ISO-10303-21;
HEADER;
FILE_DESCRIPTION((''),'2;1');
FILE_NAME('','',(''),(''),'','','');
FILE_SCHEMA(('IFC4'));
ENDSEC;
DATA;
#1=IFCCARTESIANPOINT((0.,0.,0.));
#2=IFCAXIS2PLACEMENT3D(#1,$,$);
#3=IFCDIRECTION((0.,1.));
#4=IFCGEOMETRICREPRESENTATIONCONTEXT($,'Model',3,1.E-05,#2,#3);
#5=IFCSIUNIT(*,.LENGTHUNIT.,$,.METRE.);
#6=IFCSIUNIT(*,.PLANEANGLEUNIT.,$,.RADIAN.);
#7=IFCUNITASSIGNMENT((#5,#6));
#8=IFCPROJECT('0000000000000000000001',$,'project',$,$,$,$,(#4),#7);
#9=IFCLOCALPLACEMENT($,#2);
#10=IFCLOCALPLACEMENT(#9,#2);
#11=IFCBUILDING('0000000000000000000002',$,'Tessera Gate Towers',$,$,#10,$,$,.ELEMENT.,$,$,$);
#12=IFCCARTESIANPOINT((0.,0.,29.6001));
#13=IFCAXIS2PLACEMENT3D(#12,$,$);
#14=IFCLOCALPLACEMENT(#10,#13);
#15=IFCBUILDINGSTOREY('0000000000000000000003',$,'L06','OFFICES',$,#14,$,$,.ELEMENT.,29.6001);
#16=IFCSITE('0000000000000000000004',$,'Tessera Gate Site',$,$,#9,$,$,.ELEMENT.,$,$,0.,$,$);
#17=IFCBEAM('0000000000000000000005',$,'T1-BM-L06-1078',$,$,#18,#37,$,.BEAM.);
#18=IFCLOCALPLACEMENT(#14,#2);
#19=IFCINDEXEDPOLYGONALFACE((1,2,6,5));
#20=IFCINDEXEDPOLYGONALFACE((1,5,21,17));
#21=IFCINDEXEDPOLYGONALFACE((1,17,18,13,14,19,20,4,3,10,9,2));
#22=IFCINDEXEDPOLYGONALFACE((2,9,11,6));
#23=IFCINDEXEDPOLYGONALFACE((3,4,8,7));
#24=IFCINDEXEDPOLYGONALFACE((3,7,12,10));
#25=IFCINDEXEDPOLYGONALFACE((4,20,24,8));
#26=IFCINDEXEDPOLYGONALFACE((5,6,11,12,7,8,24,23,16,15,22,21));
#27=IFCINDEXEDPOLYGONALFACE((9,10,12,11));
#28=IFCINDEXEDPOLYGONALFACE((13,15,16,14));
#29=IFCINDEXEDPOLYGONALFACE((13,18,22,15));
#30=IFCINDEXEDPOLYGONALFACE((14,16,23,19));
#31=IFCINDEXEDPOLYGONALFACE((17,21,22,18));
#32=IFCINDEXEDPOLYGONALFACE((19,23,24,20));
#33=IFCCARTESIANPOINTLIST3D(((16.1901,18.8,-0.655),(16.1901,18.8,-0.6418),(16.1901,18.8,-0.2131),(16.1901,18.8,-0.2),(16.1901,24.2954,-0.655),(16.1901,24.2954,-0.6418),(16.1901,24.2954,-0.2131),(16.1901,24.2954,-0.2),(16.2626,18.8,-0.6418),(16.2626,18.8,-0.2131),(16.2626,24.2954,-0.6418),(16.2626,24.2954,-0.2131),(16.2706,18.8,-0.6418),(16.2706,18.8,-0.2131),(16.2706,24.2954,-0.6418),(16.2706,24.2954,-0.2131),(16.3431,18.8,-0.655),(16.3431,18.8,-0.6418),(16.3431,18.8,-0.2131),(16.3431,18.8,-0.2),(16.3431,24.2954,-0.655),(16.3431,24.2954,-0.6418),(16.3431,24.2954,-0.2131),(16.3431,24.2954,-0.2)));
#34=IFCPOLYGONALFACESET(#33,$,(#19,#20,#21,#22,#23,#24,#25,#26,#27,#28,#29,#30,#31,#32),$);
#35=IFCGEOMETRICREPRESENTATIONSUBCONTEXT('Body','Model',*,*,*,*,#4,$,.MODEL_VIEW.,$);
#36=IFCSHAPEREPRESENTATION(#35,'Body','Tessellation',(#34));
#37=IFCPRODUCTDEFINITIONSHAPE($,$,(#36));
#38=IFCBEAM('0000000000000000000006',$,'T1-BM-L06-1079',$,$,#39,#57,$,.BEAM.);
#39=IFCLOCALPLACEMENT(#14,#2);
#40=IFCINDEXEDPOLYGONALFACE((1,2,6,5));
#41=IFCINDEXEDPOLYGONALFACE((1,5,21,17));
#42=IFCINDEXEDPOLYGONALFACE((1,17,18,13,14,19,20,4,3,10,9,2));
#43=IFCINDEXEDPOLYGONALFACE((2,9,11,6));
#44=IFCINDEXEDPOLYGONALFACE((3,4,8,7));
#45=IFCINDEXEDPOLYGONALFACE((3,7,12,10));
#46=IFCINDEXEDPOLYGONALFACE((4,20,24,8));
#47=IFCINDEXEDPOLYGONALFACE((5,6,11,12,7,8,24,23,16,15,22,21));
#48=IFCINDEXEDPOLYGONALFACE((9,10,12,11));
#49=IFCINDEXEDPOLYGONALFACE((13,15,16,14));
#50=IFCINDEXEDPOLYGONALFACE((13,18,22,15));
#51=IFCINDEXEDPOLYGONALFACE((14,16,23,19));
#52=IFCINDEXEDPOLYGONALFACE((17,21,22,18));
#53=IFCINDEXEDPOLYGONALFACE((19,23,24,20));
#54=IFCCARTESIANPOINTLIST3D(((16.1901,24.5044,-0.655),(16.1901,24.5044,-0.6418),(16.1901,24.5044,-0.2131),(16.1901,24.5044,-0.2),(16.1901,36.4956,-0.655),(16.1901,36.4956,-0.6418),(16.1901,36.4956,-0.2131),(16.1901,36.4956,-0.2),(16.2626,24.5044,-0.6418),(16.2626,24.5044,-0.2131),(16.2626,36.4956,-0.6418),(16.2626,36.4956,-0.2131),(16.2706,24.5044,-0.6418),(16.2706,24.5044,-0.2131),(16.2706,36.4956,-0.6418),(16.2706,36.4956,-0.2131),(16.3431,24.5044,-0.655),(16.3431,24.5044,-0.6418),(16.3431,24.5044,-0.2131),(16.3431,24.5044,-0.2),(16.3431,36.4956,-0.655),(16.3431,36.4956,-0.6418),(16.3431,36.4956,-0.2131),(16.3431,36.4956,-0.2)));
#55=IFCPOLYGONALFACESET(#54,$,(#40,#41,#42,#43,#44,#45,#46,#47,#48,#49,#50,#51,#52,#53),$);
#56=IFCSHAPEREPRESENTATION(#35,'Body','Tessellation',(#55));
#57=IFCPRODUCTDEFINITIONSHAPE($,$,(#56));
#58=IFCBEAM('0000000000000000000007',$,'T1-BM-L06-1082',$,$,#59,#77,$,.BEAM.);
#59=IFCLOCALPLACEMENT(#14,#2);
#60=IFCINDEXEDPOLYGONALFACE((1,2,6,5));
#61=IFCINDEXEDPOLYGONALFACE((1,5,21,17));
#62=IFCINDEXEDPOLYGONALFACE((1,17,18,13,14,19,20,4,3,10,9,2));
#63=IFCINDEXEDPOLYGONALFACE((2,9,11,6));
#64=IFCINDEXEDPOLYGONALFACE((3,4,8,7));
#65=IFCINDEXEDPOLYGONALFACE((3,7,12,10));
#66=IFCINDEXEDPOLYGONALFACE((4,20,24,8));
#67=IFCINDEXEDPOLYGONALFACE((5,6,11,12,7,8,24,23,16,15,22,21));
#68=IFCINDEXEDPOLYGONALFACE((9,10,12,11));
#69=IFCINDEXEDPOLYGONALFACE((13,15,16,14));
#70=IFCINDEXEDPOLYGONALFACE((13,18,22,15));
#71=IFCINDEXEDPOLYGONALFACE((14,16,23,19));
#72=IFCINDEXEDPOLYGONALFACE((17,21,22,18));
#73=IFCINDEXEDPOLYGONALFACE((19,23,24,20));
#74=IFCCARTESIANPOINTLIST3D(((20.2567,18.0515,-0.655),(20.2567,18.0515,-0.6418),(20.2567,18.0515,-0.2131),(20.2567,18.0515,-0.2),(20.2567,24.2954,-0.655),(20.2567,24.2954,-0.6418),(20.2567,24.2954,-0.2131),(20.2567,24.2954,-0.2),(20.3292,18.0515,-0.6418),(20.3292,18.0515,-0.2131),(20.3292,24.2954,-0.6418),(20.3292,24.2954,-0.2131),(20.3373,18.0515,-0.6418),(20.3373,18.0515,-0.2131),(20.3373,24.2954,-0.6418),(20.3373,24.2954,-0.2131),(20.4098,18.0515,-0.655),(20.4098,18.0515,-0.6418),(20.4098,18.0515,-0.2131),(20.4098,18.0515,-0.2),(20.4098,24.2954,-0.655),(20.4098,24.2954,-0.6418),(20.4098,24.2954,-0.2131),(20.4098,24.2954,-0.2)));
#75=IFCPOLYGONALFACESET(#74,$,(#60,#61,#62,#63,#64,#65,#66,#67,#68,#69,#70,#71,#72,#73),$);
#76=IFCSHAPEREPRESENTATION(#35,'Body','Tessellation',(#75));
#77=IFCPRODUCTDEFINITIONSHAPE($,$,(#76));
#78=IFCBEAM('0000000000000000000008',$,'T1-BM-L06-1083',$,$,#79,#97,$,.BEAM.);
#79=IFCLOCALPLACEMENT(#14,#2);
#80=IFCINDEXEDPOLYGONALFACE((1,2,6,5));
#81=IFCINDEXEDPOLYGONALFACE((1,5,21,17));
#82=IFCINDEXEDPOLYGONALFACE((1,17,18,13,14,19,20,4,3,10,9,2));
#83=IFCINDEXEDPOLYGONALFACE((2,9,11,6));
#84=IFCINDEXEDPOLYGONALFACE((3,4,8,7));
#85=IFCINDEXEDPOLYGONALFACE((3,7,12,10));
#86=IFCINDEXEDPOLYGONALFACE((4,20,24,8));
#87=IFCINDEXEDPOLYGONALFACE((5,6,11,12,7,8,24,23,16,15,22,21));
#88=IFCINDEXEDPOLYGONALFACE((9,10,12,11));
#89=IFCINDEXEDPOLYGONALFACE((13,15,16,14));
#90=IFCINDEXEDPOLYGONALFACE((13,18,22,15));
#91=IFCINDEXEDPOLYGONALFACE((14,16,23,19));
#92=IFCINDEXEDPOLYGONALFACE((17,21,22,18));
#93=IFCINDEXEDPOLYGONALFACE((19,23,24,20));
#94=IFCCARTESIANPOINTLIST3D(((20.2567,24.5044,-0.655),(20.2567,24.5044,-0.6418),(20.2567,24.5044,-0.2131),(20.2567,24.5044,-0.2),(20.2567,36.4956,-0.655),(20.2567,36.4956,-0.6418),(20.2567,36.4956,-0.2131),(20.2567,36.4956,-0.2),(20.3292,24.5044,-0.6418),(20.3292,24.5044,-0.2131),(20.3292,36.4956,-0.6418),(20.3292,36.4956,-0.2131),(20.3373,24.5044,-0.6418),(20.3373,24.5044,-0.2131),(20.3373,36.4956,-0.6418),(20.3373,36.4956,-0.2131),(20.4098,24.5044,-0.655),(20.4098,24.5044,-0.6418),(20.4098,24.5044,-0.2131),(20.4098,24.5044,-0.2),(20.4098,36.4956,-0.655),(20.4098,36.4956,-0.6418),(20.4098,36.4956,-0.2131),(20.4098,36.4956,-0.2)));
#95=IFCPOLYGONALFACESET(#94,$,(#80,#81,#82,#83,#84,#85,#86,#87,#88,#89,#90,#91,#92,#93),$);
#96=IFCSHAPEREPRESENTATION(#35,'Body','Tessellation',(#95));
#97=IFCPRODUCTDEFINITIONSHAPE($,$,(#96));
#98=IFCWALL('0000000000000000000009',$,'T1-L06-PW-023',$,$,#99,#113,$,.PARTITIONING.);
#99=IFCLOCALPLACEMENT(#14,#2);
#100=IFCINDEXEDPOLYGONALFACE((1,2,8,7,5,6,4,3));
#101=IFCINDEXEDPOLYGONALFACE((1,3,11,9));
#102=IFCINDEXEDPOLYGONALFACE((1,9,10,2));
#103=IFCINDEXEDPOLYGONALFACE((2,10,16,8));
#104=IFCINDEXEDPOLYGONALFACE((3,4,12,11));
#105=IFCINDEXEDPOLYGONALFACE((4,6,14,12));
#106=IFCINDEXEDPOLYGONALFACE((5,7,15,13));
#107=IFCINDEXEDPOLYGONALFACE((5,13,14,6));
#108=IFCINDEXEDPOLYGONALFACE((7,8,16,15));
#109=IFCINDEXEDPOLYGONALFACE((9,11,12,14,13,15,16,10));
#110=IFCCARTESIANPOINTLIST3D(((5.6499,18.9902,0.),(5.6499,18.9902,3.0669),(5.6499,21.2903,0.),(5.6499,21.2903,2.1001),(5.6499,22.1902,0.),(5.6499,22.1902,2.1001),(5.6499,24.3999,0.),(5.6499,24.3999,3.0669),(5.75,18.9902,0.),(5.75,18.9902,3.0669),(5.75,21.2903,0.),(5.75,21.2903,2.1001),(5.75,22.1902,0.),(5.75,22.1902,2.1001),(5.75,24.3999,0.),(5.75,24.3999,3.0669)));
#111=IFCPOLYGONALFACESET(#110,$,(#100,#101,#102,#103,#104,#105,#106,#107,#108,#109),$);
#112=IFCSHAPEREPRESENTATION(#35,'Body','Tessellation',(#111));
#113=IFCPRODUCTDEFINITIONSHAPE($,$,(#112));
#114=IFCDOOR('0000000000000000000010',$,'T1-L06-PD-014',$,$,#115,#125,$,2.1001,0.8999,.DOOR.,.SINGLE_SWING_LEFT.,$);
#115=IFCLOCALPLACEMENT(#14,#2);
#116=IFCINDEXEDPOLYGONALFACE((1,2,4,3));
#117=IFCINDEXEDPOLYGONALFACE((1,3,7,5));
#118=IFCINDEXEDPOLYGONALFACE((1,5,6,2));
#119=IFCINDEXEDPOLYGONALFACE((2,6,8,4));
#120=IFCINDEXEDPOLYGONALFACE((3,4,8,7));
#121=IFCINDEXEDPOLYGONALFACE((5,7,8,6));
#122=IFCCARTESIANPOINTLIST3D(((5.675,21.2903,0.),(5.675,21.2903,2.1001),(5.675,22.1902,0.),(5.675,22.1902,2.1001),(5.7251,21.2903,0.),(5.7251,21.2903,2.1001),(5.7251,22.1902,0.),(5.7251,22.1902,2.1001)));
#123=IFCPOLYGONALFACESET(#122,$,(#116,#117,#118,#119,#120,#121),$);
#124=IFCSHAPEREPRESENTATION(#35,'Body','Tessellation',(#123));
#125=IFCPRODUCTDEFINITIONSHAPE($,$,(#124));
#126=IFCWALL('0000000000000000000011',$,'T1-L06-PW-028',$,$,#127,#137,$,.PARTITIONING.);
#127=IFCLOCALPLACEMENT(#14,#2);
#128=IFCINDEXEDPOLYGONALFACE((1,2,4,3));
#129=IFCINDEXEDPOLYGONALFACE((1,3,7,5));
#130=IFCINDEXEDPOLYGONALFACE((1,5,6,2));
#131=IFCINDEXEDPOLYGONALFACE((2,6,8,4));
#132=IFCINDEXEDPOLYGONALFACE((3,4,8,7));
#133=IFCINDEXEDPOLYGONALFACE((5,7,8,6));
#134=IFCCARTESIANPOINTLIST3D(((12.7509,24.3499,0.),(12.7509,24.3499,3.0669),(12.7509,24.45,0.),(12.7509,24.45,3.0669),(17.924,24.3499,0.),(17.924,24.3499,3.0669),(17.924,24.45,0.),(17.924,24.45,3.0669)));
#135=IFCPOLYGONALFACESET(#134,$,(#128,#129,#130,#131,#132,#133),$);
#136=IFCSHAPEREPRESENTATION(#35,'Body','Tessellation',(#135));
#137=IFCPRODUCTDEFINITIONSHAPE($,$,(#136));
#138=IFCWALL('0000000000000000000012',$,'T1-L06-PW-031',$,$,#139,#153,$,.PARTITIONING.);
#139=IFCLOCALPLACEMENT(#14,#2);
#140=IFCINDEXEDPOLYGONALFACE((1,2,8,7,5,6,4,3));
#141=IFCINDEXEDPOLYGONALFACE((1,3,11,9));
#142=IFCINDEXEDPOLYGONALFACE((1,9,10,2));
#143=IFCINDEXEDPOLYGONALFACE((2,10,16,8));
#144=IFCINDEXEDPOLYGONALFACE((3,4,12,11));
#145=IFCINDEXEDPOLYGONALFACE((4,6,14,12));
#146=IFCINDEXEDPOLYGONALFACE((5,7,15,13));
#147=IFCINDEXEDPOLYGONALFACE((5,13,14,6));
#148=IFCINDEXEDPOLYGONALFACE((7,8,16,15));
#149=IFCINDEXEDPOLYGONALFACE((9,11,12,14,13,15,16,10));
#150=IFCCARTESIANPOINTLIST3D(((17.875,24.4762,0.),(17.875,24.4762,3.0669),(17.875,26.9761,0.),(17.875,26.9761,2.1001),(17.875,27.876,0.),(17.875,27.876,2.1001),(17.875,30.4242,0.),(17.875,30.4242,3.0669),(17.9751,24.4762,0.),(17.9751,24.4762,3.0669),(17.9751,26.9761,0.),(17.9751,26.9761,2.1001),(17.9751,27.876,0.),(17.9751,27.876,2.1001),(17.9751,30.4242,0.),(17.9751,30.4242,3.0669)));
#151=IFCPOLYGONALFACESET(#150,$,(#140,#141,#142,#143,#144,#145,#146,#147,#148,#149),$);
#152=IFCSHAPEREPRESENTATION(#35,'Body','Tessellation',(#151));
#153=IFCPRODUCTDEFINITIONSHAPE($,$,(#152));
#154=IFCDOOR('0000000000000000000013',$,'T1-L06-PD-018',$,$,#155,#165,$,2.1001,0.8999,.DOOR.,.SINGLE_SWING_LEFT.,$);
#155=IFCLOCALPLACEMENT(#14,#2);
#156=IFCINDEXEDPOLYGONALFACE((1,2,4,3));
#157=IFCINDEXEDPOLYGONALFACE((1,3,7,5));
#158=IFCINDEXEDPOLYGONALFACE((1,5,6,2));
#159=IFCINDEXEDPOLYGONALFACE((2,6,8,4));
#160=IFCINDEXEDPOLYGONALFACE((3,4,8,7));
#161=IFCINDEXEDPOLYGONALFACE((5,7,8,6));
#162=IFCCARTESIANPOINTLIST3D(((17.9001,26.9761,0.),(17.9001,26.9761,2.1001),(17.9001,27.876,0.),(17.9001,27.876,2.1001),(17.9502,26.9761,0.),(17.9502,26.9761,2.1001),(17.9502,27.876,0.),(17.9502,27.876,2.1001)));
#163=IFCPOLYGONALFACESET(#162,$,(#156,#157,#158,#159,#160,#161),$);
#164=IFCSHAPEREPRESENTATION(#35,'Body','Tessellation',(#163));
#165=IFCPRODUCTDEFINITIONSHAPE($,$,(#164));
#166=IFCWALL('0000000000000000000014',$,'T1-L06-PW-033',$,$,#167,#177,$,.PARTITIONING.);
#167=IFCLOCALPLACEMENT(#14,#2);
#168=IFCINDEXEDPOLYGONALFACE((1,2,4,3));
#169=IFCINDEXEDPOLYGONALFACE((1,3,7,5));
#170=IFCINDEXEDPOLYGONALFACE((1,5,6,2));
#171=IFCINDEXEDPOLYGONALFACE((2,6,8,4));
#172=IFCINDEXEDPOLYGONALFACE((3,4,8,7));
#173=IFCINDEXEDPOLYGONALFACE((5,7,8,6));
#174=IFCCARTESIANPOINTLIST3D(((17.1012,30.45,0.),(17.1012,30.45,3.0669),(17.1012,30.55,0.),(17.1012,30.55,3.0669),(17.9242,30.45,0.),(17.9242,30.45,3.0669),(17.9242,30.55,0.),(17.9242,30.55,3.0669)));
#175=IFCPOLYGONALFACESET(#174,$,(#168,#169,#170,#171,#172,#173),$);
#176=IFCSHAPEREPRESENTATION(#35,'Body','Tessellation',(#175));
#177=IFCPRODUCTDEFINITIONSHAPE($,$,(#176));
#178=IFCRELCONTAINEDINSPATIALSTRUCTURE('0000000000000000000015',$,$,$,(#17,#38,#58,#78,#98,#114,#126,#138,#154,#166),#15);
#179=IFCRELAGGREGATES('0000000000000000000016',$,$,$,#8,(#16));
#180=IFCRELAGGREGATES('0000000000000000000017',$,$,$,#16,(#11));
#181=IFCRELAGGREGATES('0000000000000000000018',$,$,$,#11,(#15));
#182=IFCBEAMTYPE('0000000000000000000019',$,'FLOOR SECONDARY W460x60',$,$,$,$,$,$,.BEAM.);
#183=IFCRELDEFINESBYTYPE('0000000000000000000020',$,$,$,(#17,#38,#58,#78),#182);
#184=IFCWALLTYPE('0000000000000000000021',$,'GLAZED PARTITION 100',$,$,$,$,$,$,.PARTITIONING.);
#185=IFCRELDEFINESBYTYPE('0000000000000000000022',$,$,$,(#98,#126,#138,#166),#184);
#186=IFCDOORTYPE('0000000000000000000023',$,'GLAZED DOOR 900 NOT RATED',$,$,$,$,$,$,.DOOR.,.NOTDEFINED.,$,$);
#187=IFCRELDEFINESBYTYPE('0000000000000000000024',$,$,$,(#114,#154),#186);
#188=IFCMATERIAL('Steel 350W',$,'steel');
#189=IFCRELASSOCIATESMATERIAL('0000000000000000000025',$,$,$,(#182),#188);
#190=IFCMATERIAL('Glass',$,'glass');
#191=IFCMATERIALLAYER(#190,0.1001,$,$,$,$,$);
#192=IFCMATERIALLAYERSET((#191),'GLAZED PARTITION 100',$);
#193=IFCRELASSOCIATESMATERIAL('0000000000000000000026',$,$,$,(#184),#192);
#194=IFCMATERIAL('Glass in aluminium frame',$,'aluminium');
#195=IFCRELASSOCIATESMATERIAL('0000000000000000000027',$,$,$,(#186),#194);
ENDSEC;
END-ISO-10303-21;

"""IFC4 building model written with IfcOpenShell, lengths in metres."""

from ifc_helpers import new_model, si_unit, direction, frame, frame_2d, origin, origin_2d, place, context, subcontext, project, spatial, rectangle, i_section, extrude, source, transform, mapped, material, layer, layer_set, material_profile, profile_set, type_object, element, fill, save


model = new_model("IFC4")

# Units and contexts
model_context = context("Model", 3, precision=1e-05, world=origin(), true_north=direction((0.0, 1.0)))
body_context = subcontext(model_context, "Body", "Model", "MODEL_VIEW")
ifc_project = project(units=[si_unit("LENGTHUNIT", "METRE"), si_unit("PLANEANGLEUNIT", "RADIAN")], contexts=[model_context])

# Site, building, storey
site_placement = place(None, origin())
site = spatial("IfcSite", under=ifc_project, at=site_placement, Name="Tessera Gate Site", CompositionType="ELEMENT", RefElevation=0.0)
building_placement = place(site_placement, origin())
building = spatial("IfcBuilding", under=site, at=building_placement, Name="Tessera Gate Towers", CompositionType="ELEMENT")
storey_placement = place(building_placement, frame((0.0, 0.0, 29.6001)))
storey = spatial("IfcBuildingStorey", under=building, at=storey_placement, Name="L06", Description="OFFICES", CompositionType="ELEMENT", Elevation=29.6001)

# Beams
ifc_material_1 = material(Name="Steel 350W", Category="steel")
ifc_material_profile_1 = material_profile(ifc_material_1, i_section(OverallWidth=0.1531, OverallDepth=0.4551, WebThickness=0.0081, FlangeThickness=0.0132, at=origin_2d()), Name="W460x60")
ifc_profile_set_1 = profile_set([ifc_material_profile_1], Name="Steel 350W")
beam_type_1 = type_object("IfcBeamType", Name="FLOOR SECONDARY W460x60", PredefinedType="BEAM", material=ifc_profile_set_1)
beam_1_placement = place(storey_placement, frame((16.2666, 18.8, -0.4275), z_axis=(0.0, 1.0, 0.0), x_axis=(-1.0, 0.0, 0.0)))
element("IfcBeam", 1, at=beam_1_placement, inside=storey, type_object=beam_type_1, Name="T1-BM-L06-1078", PredefinedType="BEAM", context=body_context, shape_type="SweptSolid", body=[
    extrude(i_section(OverallWidth=0.1531, OverallDepth=0.4551, WebThickness=0.0081, FlangeThickness=0.0132, at=origin_2d()), origin(), (0.0, 0.0, 1.0), 5.4954),
])
beam_2_placement = place(storey_placement, frame((16.2666, 24.5044, -0.4275), z_axis=(0.0, 1.0, 0.0), x_axis=(-1.0, 0.0, 0.0)))
element("IfcBeam", 2, at=beam_2_placement, inside=storey, type_object=beam_type_1, Name="T1-BM-L06-1079", PredefinedType="BEAM", context=body_context, shape_type="SweptSolid", body=[
    extrude(i_section(OverallWidth=0.1531, OverallDepth=0.4551, WebThickness=0.0081, FlangeThickness=0.0132, at=origin_2d()), origin(), (0.0, 0.0, 1.0), 11.9912),
])
beam_3_placement = place(storey_placement, frame((20.3333, 18.0515, -0.4275), z_axis=(0.0, 1.0, 0.0), x_axis=(-1.0, 0.0, 0.0)))
element("IfcBeam", 3, at=beam_3_placement, inside=storey, type_object=beam_type_1, Name="T1-BM-L06-1082", PredefinedType="BEAM", context=body_context, shape_type="SweptSolid", body=[
    extrude(i_section(OverallWidth=0.1531, OverallDepth=0.4551, WebThickness=0.0081, FlangeThickness=0.0132, at=origin_2d()), origin(), (0.0, 0.0, 1.0), 6.2439),
])
beam_4_placement = place(storey_placement, frame((20.3333, 24.5044, -0.4275), z_axis=(0.0, 1.0, 0.0), x_axis=(-1.0, 0.0, 0.0)))
element("IfcBeam", 4, at=beam_4_placement, inside=storey, type_object=beam_type_1, Name="T1-BM-L06-1083", PredefinedType="BEAM", context=body_context, shape_type="SweptSolid", body=[
    extrude(i_section(OverallWidth=0.1531, OverallDepth=0.4551, WebThickness=0.0081, FlangeThickness=0.0132, at=origin_2d()), origin(), (0.0, 0.0, 1.0), 11.9912),
])

# Wall, opening, door
ifc_material_2 = material(Name="Glass", Category="glass")
ifc_layer_1 = layer(ifc_material_2, 0.1001)
ifc_layer_set_1 = layer_set([ifc_layer_1], Name="GLAZED PARTITION 100")
wall_type_1 = type_object("IfcWallType", Name="GLAZED PARTITION 100", PredefinedType="PARTITIONING", material=ifc_layer_set_1)
wall_1_placement = place(storey_placement, frame((5.7, 18.9902, 0.0), z_axis=(0.0, 0.0, 1.0), x_axis=(0.0, 1.0, 0.0)))
wall_1 = element("IfcWall", 5, at=wall_1_placement, inside=storey, type_object=wall_type_1, Name="T1-L06-PW-023", PredefinedType="PARTITIONING", context=body_context, shape_type="SweptSolid", body=[
    extrude(rectangle(XDim=5.4097, YDim=0.1001, at=frame_2d((2.7048, 0.0))), origin(), (0.0, 0.0, 1.0), 3.0669),
])
shared_shape_1 = source(origin(), body_context, "Body", "SweptSolid", [
    extrude(rectangle(XDim=0.8999, YDim=2.1001, at=frame_2d((0.45, 1.05))), frame((0.0, 0.0601, 0.0), z_axis=(0.0, -1.0, 0.0), x_axis=(1.0, 0.0, 0.0)), (0.0, 0.0, 1.0), 0.1201),
])
opening_1_placement = place(wall_1_placement, frame((2.3, 0.0, 0.0)))
opening_1 = element("IfcOpeningElement", 6, at=opening_1_placement, cuts=wall_1, PredefinedType="OPENING", context=body_context, shape_type="MappedRepresentation", body=[
    mapped(shared_shape_1, transform((0.0, 0.0, 0.0), scale=1.0)),
])
ifc_material_3 = material(Name="Glass in aluminium frame", Category="aluminium")
door_type = type_object("IfcDoorType", Name="GLAZED DOOR 900 NOT RATED", OperationType="NOTDEFINED", PredefinedType="DOOR", material=ifc_material_3)
shared_shape_2 = source(origin(), body_context, "Body", "SweptSolid", [
    extrude(rectangle(XDim=0.8999, YDim=2.1001, at=frame_2d((0.45, 1.05))), frame((0.0, 0.0249, 0.0), z_axis=(0.0, -1.0, 0.0), x_axis=(1.0, 0.0, 0.0)), (0.0, 0.0, 1.0), 0.05),
])
door_1_placement = place(opening_1_placement, origin())
door_1 = element("IfcDoor", 7, at=door_1_placement, inside=storey, type_object=door_type, Name="T1-L06-PD-014", OperationType="SINGLE_SWING_LEFT", OverallHeight=2.1001, OverallWidth=0.8999, PredefinedType="DOOR", context=body_context, shape_type="MappedRepresentation", body=[
    mapped(shared_shape_2, transform((0.0, 0.0, 0.0), scale=1.0)),
])
fill(opening_1, door_1)

# Wall
wall_2_placement = place(storey_placement, frame((12.751, 24.3999, 0.0), z_axis=(0.0, 0.0, 1.0), x_axis=(1.0, 0.0, 0.0)))
element("IfcWall", 8, at=wall_2_placement, inside=storey, type_object=wall_type_1, Name="T1-L06-PW-028", PredefinedType="PARTITIONING", context=body_context, shape_type="SweptSolid", body=[
    extrude(rectangle(XDim=5.1731, YDim=0.1001, at=frame_2d((2.5864, 0.0))), origin(), (0.0, 0.0, 1.0), 3.0669),
])

# Wall, opening, door
wall_3_placement = place(storey_placement, frame((17.925, 24.4761, 0.0), z_axis=(0.0, 0.0, 1.0), x_axis=(0.0, 1.0, 0.0)))
wall_3 = element("IfcWall", 9, at=wall_3_placement, inside=storey, type_object=wall_type_1, Name="T1-L06-PW-031", PredefinedType="PARTITIONING", context=body_context, shape_type="SweptSolid", body=[
    extrude(rectangle(XDim=5.948, YDim=0.1001, at=frame_2d((2.9741, 0.0))), origin(), (0.0, 0.0, 1.0), 3.0669),
])
opening_2_placement = place(wall_3_placement, frame((2.5, 0.0, 0.0)))
opening_2 = element("IfcOpeningElement", 10, at=opening_2_placement, cuts=wall_3, PredefinedType="OPENING", context=body_context, shape_type="MappedRepresentation", body=[
    mapped(shared_shape_1, transform((0.0, 0.0, 0.0), scale=1.0)),
])
door_2_placement = place(opening_2_placement, origin())
door_2 = element("IfcDoor", 11, at=door_2_placement, inside=storey, type_object=door_type, Name="T1-L06-PD-018", OperationType="SINGLE_SWING_LEFT", OverallHeight=2.1001, OverallWidth=0.8999, PredefinedType="DOOR", context=body_context, shape_type="MappedRepresentation", body=[
    mapped(shared_shape_2, transform((0.0, 0.0, 0.0), scale=1.0)),
])
fill(opening_2, door_2)

# Wall
wall_4_placement = place(storey_placement, frame((17.1011, 30.5, 0.0), z_axis=(0.0, 0.0, 1.0), x_axis=(1.0, 0.0, 0.0)))
element("IfcWall", 12, at=wall_4_placement, inside=storey, type_object=wall_type_1, Name="T1-L06-PW-033", PredefinedType="PARTITIONING", context=body_context, shape_type="SweptSolid", body=[
    extrude(rectangle(XDim=0.823, YDim=0.1001, at=frame_2d((0.4116, 0.0))), origin(), (0.0, 0.0, 1.0), 3.0669),
])

save(model, "model.ifc")
